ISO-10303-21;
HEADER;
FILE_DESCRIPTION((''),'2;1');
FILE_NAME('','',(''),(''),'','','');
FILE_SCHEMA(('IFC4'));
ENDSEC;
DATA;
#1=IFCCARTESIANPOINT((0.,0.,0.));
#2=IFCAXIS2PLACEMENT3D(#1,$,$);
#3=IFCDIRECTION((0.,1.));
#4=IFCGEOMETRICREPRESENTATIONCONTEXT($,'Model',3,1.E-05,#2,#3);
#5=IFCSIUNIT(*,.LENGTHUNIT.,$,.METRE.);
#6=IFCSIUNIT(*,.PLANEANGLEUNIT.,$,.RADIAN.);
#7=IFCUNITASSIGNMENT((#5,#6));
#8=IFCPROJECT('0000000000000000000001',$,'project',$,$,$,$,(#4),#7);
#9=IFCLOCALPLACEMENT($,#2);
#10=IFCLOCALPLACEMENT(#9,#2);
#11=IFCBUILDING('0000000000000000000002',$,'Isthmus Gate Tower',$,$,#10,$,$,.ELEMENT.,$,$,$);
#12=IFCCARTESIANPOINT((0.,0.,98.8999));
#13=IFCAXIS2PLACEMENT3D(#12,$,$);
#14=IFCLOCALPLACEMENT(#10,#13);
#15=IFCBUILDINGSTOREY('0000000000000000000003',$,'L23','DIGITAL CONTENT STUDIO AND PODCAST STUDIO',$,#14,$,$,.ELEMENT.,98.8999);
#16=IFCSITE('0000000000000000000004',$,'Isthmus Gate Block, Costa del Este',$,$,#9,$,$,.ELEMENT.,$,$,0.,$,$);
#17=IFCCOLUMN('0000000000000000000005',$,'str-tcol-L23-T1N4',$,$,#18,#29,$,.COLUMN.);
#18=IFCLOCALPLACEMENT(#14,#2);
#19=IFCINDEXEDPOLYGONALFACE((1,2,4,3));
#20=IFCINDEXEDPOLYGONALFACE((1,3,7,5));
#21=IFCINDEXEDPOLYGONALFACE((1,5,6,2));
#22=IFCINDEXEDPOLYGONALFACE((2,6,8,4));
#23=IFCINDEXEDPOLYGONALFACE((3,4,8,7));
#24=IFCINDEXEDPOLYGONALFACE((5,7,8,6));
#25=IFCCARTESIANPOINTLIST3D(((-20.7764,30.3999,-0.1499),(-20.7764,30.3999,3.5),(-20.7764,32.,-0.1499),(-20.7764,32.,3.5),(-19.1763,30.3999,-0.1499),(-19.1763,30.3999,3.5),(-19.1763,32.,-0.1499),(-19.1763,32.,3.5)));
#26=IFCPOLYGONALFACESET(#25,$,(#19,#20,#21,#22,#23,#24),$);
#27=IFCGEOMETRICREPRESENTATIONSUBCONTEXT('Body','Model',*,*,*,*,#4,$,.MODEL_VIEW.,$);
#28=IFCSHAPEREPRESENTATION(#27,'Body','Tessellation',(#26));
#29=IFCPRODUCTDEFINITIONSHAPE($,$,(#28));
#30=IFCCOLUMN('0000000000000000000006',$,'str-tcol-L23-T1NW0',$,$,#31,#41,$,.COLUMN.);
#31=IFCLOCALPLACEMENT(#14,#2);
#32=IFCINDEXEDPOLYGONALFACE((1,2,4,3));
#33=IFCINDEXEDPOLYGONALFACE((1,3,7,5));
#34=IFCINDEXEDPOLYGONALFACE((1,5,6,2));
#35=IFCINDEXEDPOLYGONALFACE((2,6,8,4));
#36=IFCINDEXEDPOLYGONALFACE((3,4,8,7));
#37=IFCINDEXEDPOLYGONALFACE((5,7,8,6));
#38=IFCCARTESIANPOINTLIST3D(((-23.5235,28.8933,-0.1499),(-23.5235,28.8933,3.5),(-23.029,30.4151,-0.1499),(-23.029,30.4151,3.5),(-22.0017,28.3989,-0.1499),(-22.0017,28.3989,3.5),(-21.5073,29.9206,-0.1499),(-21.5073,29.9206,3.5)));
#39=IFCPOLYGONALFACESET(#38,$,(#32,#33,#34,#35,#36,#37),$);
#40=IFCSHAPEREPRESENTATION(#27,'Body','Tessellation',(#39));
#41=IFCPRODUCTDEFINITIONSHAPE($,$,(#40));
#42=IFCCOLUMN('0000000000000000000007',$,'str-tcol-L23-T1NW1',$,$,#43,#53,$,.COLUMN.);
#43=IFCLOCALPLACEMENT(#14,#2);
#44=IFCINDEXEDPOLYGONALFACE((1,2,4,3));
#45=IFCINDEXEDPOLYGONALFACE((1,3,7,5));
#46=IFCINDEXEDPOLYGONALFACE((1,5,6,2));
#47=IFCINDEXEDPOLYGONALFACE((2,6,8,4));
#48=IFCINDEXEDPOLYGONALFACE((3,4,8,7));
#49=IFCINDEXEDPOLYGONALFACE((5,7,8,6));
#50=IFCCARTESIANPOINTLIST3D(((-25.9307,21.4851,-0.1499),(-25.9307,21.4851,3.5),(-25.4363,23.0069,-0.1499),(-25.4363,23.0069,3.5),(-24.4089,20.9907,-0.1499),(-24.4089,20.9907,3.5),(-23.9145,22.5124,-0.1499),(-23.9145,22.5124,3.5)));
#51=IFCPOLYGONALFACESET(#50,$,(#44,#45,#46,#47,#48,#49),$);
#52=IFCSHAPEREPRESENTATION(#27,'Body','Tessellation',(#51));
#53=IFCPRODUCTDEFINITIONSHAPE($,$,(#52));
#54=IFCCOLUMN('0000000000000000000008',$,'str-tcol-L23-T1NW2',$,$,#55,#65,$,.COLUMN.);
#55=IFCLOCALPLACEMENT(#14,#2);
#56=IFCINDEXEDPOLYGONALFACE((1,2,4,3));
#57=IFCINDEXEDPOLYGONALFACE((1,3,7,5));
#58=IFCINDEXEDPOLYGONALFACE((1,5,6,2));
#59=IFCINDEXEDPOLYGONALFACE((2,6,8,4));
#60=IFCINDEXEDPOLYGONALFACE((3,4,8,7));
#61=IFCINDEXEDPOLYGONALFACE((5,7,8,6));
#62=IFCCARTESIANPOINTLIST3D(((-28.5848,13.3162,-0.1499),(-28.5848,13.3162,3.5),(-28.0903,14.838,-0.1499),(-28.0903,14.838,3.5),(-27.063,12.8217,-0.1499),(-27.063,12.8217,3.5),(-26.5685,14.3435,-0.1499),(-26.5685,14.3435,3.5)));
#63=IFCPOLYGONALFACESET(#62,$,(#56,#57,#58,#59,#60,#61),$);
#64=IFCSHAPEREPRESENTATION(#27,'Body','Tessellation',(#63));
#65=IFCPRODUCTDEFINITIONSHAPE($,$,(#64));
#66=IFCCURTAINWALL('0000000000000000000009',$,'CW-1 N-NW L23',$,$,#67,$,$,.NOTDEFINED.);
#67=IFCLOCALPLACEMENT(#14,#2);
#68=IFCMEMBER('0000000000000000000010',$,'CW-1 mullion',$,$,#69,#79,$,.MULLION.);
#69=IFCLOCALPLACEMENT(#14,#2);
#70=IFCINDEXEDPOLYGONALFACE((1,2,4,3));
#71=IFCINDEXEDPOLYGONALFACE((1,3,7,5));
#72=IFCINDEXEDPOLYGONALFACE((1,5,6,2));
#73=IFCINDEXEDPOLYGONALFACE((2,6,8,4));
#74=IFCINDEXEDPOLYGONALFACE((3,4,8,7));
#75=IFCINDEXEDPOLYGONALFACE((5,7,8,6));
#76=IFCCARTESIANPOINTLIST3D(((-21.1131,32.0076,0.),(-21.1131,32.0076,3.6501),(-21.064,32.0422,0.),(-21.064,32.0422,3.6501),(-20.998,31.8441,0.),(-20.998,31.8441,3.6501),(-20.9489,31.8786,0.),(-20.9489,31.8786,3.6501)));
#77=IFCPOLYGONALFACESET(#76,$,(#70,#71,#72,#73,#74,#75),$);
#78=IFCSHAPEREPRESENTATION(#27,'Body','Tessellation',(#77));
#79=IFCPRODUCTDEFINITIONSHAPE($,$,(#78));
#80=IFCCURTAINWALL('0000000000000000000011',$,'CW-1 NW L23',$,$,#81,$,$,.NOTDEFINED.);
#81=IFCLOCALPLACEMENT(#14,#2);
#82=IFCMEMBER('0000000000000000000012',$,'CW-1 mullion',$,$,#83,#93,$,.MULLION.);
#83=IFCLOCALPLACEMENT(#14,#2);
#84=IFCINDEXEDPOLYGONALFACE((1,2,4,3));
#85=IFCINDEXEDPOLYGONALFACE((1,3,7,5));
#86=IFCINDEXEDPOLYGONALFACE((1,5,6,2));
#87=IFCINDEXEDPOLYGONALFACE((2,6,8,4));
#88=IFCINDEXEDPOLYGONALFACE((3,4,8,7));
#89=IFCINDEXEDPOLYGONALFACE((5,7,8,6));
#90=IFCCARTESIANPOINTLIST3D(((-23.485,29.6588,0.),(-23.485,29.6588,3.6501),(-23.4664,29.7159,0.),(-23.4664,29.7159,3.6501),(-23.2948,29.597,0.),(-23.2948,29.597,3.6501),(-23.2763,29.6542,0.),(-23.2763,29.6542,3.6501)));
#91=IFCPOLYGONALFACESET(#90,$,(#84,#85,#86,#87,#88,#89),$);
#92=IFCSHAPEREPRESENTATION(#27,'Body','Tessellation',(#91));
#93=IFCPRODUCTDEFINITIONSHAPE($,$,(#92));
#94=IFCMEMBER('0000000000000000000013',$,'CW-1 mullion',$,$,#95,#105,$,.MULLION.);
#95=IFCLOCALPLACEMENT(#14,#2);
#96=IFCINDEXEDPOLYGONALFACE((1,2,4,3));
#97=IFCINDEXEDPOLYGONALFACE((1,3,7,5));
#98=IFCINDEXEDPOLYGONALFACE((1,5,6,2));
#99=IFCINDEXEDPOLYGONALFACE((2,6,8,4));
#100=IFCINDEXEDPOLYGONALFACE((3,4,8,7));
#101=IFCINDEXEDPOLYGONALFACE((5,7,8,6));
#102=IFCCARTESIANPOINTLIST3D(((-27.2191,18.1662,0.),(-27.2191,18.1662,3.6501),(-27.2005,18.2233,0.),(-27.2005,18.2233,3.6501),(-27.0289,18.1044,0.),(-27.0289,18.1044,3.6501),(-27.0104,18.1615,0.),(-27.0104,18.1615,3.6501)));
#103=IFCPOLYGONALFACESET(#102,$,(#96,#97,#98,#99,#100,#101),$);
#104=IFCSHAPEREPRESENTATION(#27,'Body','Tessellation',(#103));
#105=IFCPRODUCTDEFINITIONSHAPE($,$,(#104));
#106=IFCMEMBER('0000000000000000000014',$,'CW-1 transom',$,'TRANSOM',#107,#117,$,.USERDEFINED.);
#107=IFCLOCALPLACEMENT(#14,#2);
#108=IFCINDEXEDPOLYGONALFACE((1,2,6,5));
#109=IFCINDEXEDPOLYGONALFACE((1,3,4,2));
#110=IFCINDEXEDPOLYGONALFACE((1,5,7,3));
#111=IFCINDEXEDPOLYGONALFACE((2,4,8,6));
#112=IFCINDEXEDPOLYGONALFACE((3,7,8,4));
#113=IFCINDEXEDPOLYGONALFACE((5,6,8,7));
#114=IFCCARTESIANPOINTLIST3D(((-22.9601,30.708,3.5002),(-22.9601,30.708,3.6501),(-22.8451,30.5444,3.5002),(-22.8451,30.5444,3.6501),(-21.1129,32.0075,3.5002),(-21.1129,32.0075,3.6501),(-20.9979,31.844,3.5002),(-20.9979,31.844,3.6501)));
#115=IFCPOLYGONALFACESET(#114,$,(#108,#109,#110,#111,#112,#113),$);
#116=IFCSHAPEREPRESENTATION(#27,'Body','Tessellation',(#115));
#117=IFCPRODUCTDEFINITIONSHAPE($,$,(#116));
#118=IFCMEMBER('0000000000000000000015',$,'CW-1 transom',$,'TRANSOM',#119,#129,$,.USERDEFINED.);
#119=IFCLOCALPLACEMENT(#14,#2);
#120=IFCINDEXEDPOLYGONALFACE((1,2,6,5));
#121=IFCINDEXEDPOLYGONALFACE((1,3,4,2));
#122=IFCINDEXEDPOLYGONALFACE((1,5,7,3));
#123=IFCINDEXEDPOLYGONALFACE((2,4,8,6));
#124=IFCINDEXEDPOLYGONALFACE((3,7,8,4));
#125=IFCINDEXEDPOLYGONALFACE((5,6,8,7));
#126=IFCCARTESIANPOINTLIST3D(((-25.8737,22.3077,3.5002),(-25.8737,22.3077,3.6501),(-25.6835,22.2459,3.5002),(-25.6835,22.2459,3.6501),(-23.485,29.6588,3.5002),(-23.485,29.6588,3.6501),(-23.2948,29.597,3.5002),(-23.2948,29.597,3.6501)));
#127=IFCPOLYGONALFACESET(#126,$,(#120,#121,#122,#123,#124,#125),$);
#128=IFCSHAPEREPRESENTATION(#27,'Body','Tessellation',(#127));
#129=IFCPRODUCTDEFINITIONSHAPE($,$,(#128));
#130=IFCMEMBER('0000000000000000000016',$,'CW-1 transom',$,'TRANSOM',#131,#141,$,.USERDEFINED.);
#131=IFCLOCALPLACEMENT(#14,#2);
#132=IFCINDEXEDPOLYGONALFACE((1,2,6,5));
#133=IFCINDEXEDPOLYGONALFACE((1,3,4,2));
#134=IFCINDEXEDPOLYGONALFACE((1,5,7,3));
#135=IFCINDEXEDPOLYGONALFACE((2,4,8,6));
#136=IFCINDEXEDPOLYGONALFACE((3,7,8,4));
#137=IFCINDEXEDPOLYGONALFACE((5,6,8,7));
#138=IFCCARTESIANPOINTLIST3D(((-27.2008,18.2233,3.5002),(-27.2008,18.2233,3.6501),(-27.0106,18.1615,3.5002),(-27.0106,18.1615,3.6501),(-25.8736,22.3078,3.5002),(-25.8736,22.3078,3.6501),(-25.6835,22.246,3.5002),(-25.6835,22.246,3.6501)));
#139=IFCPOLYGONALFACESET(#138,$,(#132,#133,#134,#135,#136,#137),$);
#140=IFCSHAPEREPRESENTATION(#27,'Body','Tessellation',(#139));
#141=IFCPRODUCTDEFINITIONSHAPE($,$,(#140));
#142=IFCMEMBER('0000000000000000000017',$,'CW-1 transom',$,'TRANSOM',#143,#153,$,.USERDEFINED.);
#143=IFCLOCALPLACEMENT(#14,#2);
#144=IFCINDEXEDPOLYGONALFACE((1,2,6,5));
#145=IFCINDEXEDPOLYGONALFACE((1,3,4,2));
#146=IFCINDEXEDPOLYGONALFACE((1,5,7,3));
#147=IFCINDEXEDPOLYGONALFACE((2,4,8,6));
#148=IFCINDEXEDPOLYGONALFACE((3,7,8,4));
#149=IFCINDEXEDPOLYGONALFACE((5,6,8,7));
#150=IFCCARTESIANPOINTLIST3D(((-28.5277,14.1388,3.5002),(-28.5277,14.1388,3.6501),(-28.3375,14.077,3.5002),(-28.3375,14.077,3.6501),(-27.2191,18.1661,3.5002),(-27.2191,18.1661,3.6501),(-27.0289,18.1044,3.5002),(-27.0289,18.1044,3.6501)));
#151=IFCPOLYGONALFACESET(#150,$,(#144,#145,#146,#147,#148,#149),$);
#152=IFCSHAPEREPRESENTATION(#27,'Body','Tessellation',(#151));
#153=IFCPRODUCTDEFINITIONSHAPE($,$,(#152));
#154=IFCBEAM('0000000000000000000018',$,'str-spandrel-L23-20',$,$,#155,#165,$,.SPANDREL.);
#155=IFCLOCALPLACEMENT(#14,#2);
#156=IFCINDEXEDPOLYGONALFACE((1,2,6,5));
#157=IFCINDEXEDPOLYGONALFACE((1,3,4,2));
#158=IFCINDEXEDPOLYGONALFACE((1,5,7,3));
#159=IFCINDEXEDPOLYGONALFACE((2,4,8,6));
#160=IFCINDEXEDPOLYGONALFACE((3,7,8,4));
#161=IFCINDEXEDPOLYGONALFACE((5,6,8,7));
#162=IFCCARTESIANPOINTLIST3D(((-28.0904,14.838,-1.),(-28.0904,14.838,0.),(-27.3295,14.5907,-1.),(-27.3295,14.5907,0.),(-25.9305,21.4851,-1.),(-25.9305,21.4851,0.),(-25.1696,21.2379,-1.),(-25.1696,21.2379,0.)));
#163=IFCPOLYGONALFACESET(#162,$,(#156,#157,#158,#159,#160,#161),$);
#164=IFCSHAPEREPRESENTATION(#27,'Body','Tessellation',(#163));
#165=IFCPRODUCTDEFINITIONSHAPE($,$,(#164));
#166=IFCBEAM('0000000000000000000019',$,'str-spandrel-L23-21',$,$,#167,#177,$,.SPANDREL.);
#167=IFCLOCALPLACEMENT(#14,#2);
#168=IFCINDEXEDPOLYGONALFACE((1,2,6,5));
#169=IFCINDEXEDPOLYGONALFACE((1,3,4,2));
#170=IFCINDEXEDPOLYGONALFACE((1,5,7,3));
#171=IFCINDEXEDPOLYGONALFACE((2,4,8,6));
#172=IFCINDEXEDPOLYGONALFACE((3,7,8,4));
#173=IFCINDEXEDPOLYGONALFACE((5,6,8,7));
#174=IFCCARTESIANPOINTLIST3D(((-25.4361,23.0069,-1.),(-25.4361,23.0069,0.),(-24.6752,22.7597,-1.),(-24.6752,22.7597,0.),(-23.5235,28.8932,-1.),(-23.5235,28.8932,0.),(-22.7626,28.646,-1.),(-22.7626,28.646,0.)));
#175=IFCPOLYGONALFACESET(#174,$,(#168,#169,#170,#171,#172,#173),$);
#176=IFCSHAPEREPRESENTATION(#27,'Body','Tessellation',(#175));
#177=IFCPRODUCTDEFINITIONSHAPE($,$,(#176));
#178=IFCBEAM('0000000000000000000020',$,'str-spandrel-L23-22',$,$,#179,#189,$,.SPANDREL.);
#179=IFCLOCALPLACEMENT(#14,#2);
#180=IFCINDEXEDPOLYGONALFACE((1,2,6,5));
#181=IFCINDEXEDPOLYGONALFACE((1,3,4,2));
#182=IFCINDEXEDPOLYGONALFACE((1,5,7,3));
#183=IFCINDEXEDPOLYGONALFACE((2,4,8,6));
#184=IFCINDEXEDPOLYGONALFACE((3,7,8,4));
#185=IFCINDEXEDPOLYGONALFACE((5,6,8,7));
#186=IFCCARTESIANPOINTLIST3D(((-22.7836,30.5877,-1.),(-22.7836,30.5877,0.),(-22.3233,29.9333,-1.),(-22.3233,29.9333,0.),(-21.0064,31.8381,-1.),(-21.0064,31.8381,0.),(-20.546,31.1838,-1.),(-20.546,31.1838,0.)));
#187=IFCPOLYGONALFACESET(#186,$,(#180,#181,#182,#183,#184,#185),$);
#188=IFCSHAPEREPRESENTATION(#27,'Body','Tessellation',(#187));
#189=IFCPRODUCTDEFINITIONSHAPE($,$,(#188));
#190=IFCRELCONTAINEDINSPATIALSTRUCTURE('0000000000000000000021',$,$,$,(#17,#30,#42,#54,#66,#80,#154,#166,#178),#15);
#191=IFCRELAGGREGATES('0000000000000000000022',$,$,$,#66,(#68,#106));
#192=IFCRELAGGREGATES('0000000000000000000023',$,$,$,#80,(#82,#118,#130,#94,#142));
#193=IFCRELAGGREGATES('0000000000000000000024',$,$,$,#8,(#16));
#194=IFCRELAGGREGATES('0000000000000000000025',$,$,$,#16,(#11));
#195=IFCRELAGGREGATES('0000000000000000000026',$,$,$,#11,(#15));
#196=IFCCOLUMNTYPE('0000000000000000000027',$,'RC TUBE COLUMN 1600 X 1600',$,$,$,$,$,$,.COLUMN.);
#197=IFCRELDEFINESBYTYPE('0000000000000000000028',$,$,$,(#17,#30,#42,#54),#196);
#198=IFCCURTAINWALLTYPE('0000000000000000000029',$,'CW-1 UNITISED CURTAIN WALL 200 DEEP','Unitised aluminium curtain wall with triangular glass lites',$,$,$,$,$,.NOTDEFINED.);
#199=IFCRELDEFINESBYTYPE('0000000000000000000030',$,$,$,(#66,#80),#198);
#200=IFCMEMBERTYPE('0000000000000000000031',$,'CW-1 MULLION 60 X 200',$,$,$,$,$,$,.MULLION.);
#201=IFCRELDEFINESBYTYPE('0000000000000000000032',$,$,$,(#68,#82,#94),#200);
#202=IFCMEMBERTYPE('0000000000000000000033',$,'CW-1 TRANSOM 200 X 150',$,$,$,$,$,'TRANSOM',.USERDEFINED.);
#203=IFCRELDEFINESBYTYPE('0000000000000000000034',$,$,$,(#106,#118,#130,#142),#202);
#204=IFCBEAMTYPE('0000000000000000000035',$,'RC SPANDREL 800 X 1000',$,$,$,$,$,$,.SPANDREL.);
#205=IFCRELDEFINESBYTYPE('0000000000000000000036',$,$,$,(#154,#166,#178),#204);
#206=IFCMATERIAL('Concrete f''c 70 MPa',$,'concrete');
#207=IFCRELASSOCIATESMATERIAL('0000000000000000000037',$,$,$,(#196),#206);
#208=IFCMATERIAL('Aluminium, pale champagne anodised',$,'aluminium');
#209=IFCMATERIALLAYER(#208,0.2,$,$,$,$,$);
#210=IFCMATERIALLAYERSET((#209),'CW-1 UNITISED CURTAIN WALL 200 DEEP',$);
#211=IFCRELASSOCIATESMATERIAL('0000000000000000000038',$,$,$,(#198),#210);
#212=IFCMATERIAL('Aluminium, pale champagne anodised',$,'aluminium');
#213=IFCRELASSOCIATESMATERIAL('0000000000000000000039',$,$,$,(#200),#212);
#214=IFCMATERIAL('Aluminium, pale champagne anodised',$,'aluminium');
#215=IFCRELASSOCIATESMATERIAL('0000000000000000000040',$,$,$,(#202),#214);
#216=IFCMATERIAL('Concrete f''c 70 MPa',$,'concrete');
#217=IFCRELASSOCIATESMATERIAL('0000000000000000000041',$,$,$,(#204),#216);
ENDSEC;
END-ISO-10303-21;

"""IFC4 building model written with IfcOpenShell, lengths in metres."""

from ifc_helpers import new_model, si_unit, direction, frame, origin, origin_2d, place, context, subcontext, project, spatial, rectangle, extrude, material, layer, layer_set, material_profile, profile_set, type_object, element, aggregate, save


model = new_model("IFC4")

# Units and contexts
model_context = context("Model", 3, precision=1e-05, world=origin(), true_north=direction((0.0, 1.0)))
body_context = subcontext(model_context, "Body", "Model", "MODEL_VIEW")
ifc_project = project(units=[si_unit("LENGTHUNIT", "METRE"), si_unit("PLANEANGLEUNIT", "RADIAN")], contexts=[model_context])

# Site, building, storey
site_placement = place(None, origin())
site = spatial("IfcSite", under=ifc_project, at=site_placement, Name="Isthmus Gate Block, Costa del Este", CompositionType="ELEMENT", RefElevation=0.0)
building_placement = place(site_placement, origin())
building = spatial("IfcBuilding", under=site, at=building_placement, Name="Isthmus Gate Tower", CompositionType="ELEMENT")
storey_placement = place(building_placement, frame((0.0, 0.0, 98.8999)))
storey = spatial("IfcBuildingStorey", under=building, at=storey_placement, Name="L23", Description="DIGITAL CONTENT STUDIO AND PODCAST STUDIO", CompositionType="ELEMENT", Elevation=98.8999)

# Columns
ifc_material_1 = material(Name="Concrete f'c 70 MPa", Category="concrete")
ifc_material_profile_1 = material_profile(ifc_material_1, rectangle(XDim=1.6001, YDim=1.6001, at=origin_2d()), Name="RC 1600X1600")
ifc_profile_set_1 = profile_set([ifc_material_profile_1], Name="Concrete f'c 70 MPa")
column_type = type_object("IfcColumnType", Name="RC TUBE COLUMN 1600 X 1600", PredefinedType="COLUMN", material=ifc_profile_set_1)
for number, where, z_axis, x_axis, name in (
    (1, (-19.9763, 31.2, -0.1499), (0.0, 0.0, 1.0), (-1.0, 0.0, 0.0), "str-tcol-L23-T1N4"),
    (2, (-22.5154, 29.407, -0.1499), (0.0, 0.0, 1.0), (-0.309017, -0.951057, 0.0), "str-tcol-L23-T1NW0"),
    (3, (-24.9226, 21.9988, -0.1499), (0.0, 0.0, 1.0), (-0.309017, -0.951057, 0.0), "str-tcol-L23-T1NW1"),
    (4, (-27.5767, 13.8298, -0.1499), (0.0, 0.0, 1.0), (-0.309017, -0.951057, 0.0), "str-tcol-L23-T1NW2"),
):
    element("IfcColumn", number, at=place(storey_placement, frame(where, z_axis=z_axis, x_axis=x_axis)), inside=storey, type_object=column_type, Name=name, PredefinedType="COLUMN", context=body_context, shape_type="SweptSolid", body=[
        extrude(rectangle(XDim=1.6001, YDim=1.6001, at=origin_2d()), origin(), (0.0, 0.0, 1.0), 3.6499),
    ])

# Curtain wall, member
ifc_material_2 = material(Name="Aluminium, pale champagne anodised", Category="aluminium")
ifc_layer_1 = layer(ifc_material_2, 0.2)
ifc_layer_set_1 = layer_set([ifc_layer_1], Name="CW-1 UNITISED CURTAIN WALL 200 DEEP")
curtain_wall_type = type_object("IfcCurtainWallType", Name="CW-1 UNITISED CURTAIN WALL 200 DEEP", Description="Unitised aluminium curtain wall with triangular glass lites", PredefinedType="NOTDEFINED", material=ifc_layer_set_1)
curtain_wall_1_placement = place(storey_placement, origin())
curtain_wall_1 = element("IfcCurtainWall", 5, at=curtain_wall_1_placement, inside=storey, type_object=curtain_wall_type, Name="CW-1 N-NW L23", PredefinedType="NOTDEFINED")
ifc_material_3 = material(Name="Aluminium, pale champagne anodised", Category="aluminium")
ifc_material_profile_2 = material_profile(ifc_material_3, rectangle(XDim=0.0601, YDim=0.2, at=origin_2d()), Name="60x200")
ifc_profile_set_2 = profile_set([ifc_material_profile_2], Name="Aluminium, pale champagne anodised")
member_type_1 = type_object("IfcMemberType", Name="CW-1 MULLION 60 X 200", PredefinedType="MULLION", material=ifc_profile_set_2)
member_1_placement = place(storey_placement, frame((-21.031, 31.9431, 0.0), z_axis=(0.0, 0.0, 1.0), x_axis=(-0.81786, -0.575418, 0.0)))
member_1 = element("IfcMember", 6, at=member_1_placement, type_object=member_type_1, Name="CW-1 mullion", PredefinedType="MULLION", context=body_context, shape_type="SweptSolid", body=[
    extrude(rectangle(XDim=0.0601, YDim=0.2, at=origin_2d()), origin(), (0.0, 0.0, 1.0), 3.6501),
])

# Curtain wall, members
curtain_wall_2_placement = place(storey_placement, origin())
curtain_wall_2 = element("IfcCurtainWall", 7, at=curtain_wall_2_placement, inside=storey, type_object=curtain_wall_type, Name="CW-1 NW L23", PredefinedType="NOTDEFINED")
member_2_placement = place(storey_placement, frame((-23.3806, 29.6565, 0.0), z_axis=(0.0, 0.0, 1.0), x_axis=(-0.309017, -0.951057, 0.0)))
member_2 = element("IfcMember", 8, at=member_2_placement, type_object=member_type_1, Name="CW-1 mullion", PredefinedType="MULLION", context=body_context, shape_type="SweptSolid", body=[
    extrude(rectangle(XDim=0.0601, YDim=0.2, at=origin_2d()), origin(), (0.0, 0.0, 1.0), 3.6501),
])
member_3_placement = place(storey_placement, frame((-27.1147, 18.1638, 0.0), z_axis=(0.0, 0.0, 1.0), x_axis=(-0.309017, -0.951057, 0.0)))
member_3 = element("IfcMember", 9, at=member_3_placement, type_object=member_type_1, Name="CW-1 mullion", PredefinedType="MULLION", context=body_context, shape_type="SweptSolid", body=[
    extrude(rectangle(XDim=0.0601, YDim=0.2, at=origin_2d()), origin(), (0.0, 0.0, 1.0), 3.6501),
])

# Members
ifc_material_4 = material(Name="Aluminium, pale champagne anodised", Category="aluminium")
ifc_material_profile_3 = material_profile(ifc_material_4, rectangle(XDim=0.2, YDim=0.1499, at=origin_2d()), Name="200x150")
ifc_profile_set_3 = profile_set([ifc_material_profile_3], Name="Aluminium, pale champagne anodised")
member_type_2 = type_object("IfcMemberType", Name="CW-1 TRANSOM 200 X 150", ElementType="TRANSOM", PredefinedType="USERDEFINED", material=ifc_profile_set_3)
member_4_placement = place(storey_placement, frame((-21.0554, 31.9258, 3.5752), z_axis=(-0.817869, -0.575405, 0.0), x_axis=(0.575405, -0.817869, 0.0)))
member_4 = element("IfcMember", 10, at=member_4_placement, type_object=member_type_2, Name="CW-1 transom", ObjectType="TRANSOM", PredefinedType="USERDEFINED", context=body_context, shape_type="SweptSolid", body=[
    extrude(rectangle(XDim=0.2, YDim=0.1499, at=origin_2d()), origin(), (0.0, 0.0, 1.0), 2.2585),
])
member_5_placement = place(storey_placement, frame((-23.3899, 29.6279, 3.5752), z_axis=(-0.309036, -0.95105, 0.0), x_axis=(0.95105, -0.309036, 0.0)))
member_5 = element("IfcMember", 11, at=member_5_placement, type_object=member_type_2, Name="CW-1 transom", ObjectType="TRANSOM", PredefinedType="USERDEFINED", context=body_context, shape_type="SweptSolid", body=[
    extrude(rectangle(XDim=0.2, YDim=0.1499, at=origin_2d()), origin(), (0.0, 0.0, 1.0), 7.7295),
])
member_6_placement = place(storey_placement, frame((-25.7786, 22.2769, 3.5752), z_axis=(-0.309022, -0.951055, 0.0), x_axis=(0.951055, -0.309022, 0.0)))
member_6 = element("IfcMember", 12, at=member_6_placement, type_object=member_type_2, Name="CW-1 transom", ObjectType="TRANSOM", PredefinedType="USERDEFINED", context=body_context, shape_type="SweptSolid", body=[
    extrude(rectangle(XDim=0.2, YDim=0.1499, at=origin_2d()), origin(), (0.0, 0.0, 1.0), 4.2947),
])
member_7_placement = place(storey_placement, frame((-27.124, 18.1353, 3.5752), z_axis=(-0.309023, -0.951054, 0.0), x_axis=(0.951054, -0.309023, 0.0)))
member_7 = element("IfcMember", 13, at=member_7_placement, type_object=member_type_2, Name="CW-1 transom", ObjectType="TRANSOM", PredefinedType="USERDEFINED", context=body_context, shape_type="SweptSolid", body=[
    extrude(rectangle(XDim=0.2, YDim=0.1499, at=origin_2d()), origin(), (0.0, 0.0, 1.0), 4.2346),
])

# Beams
ifc_material_5 = material(Name="Concrete f'c 70 MPa", Category="concrete")
ifc_material_profile_4 = material_profile(ifc_material_5, rectangle(XDim=0.8, YDim=1.0, at=origin_2d()), Name="RC 800X1000")
ifc_profile_set_4 = profile_set([ifc_material_profile_4], Name="Concrete f'c 70 MPa")
beam_type_1 = type_object("IfcBeamType", Name="RC SPANDREL 800 X 1000", PredefinedType="SPANDREL", material=ifc_profile_set_4)
beam_1_placement = place(storey_placement, frame((-27.71, 14.7144, -0.5), z_axis=(0.30903, 0.951052, 0.0), x_axis=(-0.951052, 0.30903, 0.0)))
element("IfcBeam", 14, at=beam_1_placement, inside=storey, type_object=beam_type_1, Name="str-spandrel-L23-20", PredefinedType="SPANDREL", context=body_context, shape_type="SweptSolid", body=[
    extrude(rectangle(XDim=0.8, YDim=1.0, at=origin_2d()), origin(), (0.0, 0.0, 1.0), 6.9893),
])
beam_2_placement = place(storey_placement, frame((-25.0557, 22.8833, -0.5), z_axis=(0.309024, 0.951054, 0.0), x_axis=(-0.951054, 0.309024, 0.0)))
element("IfcBeam", 15, at=beam_2_placement, inside=storey, type_object=beam_type_1, Name="str-spandrel-L23-21", PredefinedType="SPANDREL", context=body_context, shape_type="SweptSolid", body=[
    extrude(rectangle(XDim=0.8, YDim=1.0, at=origin_2d()), origin(), (0.0, 0.0, 1.0), 6.1892),
])
beam_3_placement = place(storey_placement, frame((-22.5535, 30.2605, -0.5), z_axis=(0.817857, 0.575421, 0.0), x_axis=(-0.575421, 0.817857, 0.0)))
element("IfcBeam", 16, at=beam_3_placement, inside=storey, type_object=beam_type_1, Name="str-spandrel-L23-22", PredefinedType="SPANDREL", context=body_context, shape_type="SweptSolid", body=[
    extrude(rectangle(XDim=0.8, YDim=1.0, at=origin_2d()), origin(), (0.0, 0.0, 1.0), 2.1731),
])

aggregate(curtain_wall_1, [member_1, member_4])

aggregate(curtain_wall_2, [member_2, member_5, member_6, member_3, member_7])

save(model, "model.ifc")
